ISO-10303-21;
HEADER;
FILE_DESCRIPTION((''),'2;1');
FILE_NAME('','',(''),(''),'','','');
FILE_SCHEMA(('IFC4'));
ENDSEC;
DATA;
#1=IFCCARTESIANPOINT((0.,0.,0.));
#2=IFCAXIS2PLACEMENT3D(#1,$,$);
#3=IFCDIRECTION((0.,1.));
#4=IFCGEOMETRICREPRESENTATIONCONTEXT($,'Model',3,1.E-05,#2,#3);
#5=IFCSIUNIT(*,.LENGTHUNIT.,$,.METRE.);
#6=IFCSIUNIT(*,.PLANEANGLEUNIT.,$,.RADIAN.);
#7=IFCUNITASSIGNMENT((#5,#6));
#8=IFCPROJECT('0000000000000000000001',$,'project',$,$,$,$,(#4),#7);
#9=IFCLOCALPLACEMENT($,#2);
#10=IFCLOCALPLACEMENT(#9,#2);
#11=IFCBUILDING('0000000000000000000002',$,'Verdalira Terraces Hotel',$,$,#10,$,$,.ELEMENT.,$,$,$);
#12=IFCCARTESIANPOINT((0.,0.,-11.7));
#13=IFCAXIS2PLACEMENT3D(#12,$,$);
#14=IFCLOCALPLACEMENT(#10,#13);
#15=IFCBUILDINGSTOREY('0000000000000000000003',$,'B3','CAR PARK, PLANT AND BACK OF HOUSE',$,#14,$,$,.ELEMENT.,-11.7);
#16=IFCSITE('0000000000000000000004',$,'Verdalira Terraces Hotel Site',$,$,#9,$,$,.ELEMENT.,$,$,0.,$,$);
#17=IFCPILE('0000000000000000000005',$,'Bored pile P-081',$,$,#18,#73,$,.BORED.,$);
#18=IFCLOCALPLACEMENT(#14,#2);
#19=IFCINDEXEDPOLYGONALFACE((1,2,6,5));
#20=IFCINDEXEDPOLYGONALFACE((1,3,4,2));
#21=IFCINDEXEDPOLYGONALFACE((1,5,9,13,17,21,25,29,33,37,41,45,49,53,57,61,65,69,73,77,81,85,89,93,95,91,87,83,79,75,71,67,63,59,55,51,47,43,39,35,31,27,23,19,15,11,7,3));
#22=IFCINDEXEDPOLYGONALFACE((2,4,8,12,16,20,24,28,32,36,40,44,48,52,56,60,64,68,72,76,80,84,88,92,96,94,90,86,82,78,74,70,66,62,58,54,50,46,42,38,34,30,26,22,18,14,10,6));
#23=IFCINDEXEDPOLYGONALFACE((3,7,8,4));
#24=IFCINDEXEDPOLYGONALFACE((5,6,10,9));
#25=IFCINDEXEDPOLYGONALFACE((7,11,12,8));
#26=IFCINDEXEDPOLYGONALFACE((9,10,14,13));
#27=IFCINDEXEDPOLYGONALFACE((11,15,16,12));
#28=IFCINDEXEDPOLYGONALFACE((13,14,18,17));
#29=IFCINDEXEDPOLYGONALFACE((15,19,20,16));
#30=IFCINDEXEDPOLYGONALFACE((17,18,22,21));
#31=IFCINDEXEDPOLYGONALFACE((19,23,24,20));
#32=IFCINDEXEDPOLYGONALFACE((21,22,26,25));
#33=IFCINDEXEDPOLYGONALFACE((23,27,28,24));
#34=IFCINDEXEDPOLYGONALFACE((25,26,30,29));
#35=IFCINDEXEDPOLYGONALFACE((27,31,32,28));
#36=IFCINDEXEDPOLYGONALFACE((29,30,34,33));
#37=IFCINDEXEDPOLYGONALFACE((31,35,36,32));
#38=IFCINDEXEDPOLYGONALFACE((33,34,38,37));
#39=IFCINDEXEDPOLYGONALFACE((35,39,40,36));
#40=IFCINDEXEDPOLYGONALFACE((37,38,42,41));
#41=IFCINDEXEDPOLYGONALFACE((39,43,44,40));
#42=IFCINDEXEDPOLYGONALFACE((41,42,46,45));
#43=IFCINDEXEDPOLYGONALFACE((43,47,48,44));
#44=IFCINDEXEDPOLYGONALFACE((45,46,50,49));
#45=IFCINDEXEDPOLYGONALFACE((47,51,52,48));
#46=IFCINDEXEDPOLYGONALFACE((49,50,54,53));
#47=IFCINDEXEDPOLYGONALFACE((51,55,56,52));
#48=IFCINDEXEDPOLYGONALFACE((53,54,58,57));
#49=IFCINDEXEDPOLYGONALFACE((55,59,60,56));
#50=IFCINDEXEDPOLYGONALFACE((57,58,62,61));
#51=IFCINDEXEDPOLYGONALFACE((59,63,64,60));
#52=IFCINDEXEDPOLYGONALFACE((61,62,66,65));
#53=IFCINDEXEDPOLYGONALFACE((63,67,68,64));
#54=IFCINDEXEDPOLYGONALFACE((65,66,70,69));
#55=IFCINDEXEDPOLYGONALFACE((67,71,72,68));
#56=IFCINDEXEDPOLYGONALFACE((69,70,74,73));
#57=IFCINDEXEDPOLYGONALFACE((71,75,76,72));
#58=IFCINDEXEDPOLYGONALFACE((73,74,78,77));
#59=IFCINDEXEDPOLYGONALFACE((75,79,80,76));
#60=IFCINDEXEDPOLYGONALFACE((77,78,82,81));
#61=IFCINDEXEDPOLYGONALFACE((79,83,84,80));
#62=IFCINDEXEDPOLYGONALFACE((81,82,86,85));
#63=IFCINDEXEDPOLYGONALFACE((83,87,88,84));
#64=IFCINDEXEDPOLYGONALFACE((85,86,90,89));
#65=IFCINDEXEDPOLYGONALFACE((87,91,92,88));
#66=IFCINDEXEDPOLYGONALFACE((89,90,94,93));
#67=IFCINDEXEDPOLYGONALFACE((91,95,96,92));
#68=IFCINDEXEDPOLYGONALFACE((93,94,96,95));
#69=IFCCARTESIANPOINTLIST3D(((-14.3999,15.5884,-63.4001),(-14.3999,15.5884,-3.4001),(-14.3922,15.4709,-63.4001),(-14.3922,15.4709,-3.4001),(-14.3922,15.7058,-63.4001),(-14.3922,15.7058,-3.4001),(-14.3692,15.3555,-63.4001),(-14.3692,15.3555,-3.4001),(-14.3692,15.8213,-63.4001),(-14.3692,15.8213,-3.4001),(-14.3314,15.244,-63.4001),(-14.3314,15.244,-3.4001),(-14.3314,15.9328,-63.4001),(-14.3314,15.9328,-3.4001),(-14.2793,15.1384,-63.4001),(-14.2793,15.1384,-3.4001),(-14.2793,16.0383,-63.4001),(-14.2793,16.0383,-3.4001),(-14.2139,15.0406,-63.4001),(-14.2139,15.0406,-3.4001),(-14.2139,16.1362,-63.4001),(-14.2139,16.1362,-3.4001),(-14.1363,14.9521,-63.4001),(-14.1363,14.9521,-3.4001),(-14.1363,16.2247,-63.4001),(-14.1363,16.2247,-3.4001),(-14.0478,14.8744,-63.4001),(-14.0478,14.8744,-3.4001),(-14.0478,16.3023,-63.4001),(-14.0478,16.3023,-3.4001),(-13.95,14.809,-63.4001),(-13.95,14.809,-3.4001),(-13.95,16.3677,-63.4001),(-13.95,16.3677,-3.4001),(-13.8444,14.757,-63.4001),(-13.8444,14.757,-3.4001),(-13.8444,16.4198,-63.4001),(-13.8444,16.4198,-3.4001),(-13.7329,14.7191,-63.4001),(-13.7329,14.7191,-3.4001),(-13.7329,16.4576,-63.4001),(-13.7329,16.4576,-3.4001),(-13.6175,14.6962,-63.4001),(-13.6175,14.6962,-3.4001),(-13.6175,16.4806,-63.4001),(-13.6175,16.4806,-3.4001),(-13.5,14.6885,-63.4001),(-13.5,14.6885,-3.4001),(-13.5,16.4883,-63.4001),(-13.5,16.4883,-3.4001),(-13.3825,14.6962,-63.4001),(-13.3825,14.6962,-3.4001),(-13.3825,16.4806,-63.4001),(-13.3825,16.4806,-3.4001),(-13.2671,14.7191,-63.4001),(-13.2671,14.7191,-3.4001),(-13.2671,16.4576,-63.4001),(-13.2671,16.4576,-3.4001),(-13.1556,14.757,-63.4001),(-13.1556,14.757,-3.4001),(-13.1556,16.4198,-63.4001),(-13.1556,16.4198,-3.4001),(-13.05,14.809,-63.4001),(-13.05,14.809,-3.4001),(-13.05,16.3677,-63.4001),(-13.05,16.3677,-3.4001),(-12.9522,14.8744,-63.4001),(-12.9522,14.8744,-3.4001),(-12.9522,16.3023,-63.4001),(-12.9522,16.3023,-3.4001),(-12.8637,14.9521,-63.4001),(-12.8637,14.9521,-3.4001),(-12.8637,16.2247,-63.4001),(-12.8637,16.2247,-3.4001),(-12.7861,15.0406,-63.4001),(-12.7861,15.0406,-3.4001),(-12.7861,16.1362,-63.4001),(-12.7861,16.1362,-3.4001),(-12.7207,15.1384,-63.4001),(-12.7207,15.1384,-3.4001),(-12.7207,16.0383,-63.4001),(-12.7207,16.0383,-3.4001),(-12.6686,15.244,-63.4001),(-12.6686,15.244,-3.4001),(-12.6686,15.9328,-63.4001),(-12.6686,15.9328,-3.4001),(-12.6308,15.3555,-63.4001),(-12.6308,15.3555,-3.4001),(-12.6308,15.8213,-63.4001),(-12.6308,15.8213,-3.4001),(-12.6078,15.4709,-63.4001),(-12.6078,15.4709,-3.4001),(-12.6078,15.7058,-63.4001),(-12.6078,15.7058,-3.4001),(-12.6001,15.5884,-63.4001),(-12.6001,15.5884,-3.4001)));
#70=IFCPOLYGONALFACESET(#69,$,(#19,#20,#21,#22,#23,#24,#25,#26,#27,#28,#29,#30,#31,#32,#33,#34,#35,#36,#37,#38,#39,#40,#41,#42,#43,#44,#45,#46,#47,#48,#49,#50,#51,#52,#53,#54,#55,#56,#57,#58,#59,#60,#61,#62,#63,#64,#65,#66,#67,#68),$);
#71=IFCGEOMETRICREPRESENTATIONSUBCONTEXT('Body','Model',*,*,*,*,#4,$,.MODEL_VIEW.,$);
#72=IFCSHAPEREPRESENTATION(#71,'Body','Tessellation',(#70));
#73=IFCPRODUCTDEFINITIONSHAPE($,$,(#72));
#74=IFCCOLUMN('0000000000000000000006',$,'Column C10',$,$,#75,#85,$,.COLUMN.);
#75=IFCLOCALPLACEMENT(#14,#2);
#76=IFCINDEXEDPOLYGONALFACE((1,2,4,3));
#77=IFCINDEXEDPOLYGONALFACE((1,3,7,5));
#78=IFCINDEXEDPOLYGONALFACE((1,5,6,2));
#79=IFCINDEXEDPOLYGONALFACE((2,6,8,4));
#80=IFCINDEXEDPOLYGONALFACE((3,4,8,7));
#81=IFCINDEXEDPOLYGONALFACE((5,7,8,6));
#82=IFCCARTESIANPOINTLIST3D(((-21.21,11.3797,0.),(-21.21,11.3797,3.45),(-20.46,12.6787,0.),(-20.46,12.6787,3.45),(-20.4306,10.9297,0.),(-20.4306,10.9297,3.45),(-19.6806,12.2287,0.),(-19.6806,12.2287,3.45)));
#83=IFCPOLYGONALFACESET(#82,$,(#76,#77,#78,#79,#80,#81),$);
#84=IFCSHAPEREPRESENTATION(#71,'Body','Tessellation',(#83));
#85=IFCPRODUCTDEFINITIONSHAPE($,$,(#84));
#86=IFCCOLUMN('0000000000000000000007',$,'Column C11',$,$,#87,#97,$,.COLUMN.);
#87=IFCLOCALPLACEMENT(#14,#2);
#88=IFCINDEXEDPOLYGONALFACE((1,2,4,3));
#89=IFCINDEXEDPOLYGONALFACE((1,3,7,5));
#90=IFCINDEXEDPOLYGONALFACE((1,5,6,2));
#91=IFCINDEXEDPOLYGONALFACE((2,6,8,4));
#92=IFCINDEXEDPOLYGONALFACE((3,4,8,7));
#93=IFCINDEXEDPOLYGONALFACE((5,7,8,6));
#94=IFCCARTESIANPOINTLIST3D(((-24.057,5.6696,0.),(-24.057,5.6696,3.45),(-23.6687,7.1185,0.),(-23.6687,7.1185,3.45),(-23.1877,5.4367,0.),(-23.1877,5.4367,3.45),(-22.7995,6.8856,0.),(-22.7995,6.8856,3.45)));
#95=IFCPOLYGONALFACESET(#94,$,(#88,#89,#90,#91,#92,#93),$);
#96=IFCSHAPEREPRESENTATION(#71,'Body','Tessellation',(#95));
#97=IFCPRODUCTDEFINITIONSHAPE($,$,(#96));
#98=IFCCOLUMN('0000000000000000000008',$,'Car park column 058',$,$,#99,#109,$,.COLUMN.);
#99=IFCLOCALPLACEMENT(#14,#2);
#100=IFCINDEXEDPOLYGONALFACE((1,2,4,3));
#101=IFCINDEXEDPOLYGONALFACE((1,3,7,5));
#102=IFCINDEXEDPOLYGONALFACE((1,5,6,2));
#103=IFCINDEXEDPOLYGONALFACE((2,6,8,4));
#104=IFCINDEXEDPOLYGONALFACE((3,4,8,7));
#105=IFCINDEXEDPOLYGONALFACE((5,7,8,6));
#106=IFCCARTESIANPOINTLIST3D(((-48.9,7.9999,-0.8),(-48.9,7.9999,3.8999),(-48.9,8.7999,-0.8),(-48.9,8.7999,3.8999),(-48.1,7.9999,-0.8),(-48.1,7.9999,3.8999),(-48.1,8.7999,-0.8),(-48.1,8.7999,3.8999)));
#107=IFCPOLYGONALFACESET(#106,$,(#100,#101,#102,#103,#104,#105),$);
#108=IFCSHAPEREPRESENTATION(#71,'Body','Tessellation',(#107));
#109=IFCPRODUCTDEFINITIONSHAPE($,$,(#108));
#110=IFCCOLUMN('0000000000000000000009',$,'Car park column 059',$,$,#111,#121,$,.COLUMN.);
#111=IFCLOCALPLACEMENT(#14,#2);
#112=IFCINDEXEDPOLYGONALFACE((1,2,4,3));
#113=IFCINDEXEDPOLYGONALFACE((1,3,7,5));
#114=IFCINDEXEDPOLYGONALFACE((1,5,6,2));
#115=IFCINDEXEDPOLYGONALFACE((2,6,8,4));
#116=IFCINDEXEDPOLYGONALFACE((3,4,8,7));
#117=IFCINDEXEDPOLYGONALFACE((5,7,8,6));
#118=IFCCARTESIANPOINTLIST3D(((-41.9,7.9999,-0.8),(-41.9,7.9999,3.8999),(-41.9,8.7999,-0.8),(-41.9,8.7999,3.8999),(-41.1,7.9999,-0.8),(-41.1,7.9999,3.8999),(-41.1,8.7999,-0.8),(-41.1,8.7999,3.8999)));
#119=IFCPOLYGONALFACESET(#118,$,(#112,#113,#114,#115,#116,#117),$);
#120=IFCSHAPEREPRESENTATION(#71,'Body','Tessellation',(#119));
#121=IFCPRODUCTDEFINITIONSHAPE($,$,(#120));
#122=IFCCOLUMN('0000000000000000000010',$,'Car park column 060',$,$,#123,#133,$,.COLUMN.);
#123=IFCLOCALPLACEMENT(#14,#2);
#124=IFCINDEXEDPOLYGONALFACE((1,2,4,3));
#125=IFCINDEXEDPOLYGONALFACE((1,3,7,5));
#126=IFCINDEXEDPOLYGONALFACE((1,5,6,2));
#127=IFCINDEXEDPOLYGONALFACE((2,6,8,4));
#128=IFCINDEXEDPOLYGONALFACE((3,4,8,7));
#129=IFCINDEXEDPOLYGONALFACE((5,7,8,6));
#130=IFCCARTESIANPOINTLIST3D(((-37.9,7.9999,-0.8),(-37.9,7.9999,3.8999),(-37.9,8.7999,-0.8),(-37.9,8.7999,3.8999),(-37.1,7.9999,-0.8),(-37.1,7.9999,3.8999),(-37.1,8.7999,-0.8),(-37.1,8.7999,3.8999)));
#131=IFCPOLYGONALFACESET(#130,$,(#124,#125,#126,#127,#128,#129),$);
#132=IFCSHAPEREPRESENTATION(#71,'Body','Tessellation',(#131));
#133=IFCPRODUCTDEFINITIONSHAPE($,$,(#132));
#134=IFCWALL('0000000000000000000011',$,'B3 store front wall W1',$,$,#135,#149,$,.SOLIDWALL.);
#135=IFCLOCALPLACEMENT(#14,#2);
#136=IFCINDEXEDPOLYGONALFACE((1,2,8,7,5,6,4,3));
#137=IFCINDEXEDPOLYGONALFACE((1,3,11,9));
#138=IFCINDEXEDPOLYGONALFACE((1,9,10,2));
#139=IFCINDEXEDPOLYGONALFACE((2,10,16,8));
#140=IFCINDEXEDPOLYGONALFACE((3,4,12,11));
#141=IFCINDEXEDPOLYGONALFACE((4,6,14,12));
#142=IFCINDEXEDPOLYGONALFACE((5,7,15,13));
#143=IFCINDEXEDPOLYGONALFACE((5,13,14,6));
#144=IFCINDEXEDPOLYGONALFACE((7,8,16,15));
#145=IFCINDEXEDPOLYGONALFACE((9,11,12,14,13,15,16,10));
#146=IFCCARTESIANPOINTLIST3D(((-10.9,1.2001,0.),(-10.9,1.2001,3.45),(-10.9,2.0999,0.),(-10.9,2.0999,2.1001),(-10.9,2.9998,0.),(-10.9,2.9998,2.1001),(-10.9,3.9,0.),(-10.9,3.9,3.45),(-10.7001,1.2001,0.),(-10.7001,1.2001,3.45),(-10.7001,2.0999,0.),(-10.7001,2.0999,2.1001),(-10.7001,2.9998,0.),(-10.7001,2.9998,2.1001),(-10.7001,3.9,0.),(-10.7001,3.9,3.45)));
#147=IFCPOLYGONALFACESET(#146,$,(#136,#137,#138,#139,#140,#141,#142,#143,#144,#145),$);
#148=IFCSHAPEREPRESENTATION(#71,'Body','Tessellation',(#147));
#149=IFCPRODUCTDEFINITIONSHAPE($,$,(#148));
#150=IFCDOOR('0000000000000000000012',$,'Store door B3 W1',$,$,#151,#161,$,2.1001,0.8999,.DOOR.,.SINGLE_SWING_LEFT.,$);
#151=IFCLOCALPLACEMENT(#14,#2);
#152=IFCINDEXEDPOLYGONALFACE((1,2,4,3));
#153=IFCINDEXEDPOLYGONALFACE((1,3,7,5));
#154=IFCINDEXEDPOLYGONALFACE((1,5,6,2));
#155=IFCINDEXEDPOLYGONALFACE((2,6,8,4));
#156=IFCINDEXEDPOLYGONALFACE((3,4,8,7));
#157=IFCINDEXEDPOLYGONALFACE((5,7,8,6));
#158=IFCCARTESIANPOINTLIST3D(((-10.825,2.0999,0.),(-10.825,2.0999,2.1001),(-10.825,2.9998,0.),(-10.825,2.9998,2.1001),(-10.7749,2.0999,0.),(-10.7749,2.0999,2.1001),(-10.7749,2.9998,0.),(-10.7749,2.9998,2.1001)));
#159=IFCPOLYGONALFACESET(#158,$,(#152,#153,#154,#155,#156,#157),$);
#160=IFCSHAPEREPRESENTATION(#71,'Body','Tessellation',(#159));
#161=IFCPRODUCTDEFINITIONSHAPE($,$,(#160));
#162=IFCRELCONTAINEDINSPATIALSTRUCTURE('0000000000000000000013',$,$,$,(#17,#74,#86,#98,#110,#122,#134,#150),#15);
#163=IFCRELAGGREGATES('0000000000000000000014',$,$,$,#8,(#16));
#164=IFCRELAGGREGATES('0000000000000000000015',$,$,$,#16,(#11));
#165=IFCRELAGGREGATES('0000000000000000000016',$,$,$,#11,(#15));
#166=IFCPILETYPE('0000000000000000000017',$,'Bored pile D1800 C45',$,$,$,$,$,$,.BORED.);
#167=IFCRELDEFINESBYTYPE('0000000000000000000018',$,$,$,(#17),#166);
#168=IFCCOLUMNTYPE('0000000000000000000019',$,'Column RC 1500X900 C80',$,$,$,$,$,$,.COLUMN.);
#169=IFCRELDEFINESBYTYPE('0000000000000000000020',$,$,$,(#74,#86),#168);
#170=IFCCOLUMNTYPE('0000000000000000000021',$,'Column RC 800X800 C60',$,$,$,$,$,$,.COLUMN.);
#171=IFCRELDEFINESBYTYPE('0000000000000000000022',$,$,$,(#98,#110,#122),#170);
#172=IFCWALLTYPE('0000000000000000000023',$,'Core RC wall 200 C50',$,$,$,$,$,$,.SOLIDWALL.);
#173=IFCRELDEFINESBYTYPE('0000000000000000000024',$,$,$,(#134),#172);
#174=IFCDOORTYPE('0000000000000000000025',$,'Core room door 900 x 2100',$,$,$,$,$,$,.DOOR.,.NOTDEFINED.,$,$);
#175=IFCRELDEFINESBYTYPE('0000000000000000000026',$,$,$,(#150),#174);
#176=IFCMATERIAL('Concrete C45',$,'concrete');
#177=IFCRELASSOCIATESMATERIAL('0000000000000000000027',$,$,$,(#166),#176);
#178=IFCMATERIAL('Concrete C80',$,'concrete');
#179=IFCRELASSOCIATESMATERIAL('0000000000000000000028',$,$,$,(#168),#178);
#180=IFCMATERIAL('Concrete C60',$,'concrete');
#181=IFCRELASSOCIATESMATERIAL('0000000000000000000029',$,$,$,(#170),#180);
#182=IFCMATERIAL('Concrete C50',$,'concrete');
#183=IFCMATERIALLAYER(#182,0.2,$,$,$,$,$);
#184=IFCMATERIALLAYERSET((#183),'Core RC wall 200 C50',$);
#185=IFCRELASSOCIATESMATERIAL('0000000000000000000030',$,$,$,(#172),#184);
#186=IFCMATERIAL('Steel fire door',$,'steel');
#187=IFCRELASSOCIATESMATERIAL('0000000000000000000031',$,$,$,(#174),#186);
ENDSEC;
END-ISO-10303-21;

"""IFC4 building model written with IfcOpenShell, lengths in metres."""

from ifc_helpers import new_model, si_unit, direction, frame, frame_2d, origin, origin_2d, place, context, subcontext, project, spatial, rectangle, circle, extrude, material, layer, layer_set, material_profile, profile_set, type_object, element, fill, save


model = new_model("IFC4")

# Units and contexts
model_context = context("Model", 3, precision=1e-05, world=origin(), true_north=direction((0.0, 1.0)))
body_context = subcontext(model_context, "Body", "Model", "MODEL_VIEW")
ifc_project = project(units=[si_unit("LENGTHUNIT", "METRE"), si_unit("PLANEANGLEUNIT", "RADIAN")], contexts=[model_context])

# Site, building, storey
site_placement = place(None, origin())
site = spatial("IfcSite", under=ifc_project, at=site_placement, Name="Verdalira Terraces Hotel Site", CompositionType="ELEMENT", RefElevation=0.0)
building_placement = place(site_placement, origin())
building = spatial("IfcBuilding", under=site, at=building_placement, Name="Verdalira Terraces Hotel", CompositionType="ELEMENT")
storey_placement = place(building_placement, frame((0.0, 0.0, -11.7)))
storey = spatial("IfcBuildingStorey", under=building, at=storey_placement, Name="B3", Description="CAR PARK, PLANT AND BACK OF HOUSE", CompositionType="ELEMENT", Elevation=-11.7)

# Pile
ifc_material_1 = material(Name="Concrete C45", Category="concrete")
ifc_material_profile_1 = material_profile(ifc_material_1, circle(Radius=0.8999, at=origin_2d()), Name="D1800")
ifc_profile_set_1 = profile_set([ifc_material_profile_1], Name="Concrete C45")
pile_type = type_object("IfcPileType", Name="Bored pile D1800 C45", PredefinedType="BORED", material=ifc_profile_set_1)
for number, where, z_axis, x_axis, name in (
    (1, (-13.5, 15.5884, -3.4001), (0.0, 0.0, -1.0), (1.0, 0.0, 0.0), "Bored pile P-081"),
):
    element("IfcPile", number, at=place(storey_placement, frame(where, z_axis=z_axis, x_axis=x_axis)), inside=storey, type_object=pile_type, Name=name, PredefinedType="BORED", context=body_context, shape_type="SweptSolid", body=[
        extrude(circle(Radius=0.8999, at=origin_2d()), origin(), (0.0, 0.0, 1.0), 60.0),
    ])

# Columns
ifc_material_2 = material(Name="Concrete C80", Category="concrete")
ifc_material_profile_2 = material_profile(ifc_material_2, rectangle(XDim=1.5, YDim=0.8999, at=origin_2d()), Name="RC 1500X900")
ifc_profile_set_2 = profile_set([ifc_material_profile_2], Name="Concrete C80")
column_type_1 = type_object("IfcColumnType", Name="Column RC 1500X900 C80", PredefinedType="COLUMN", material=ifc_profile_set_2)
for number, where, z_axis, x_axis, name in (
    (2, (-20.4453, 11.8042, 0.0), (0.0, 0.0, 1.0), (-0.5, -0.866025, 0.0), "Column C10"),
    (3, (-23.4282, 6.2776, 0.0), (0.0, 0.0, 1.0), (0.258819, 0.965926, 0.0), "Column C11"),
):
    element("IfcColumn", number, at=place(storey_placement, frame(where, z_axis=z_axis, x_axis=x_axis)), inside=storey, type_object=column_type_1, Name=name, PredefinedType="COLUMN", context=body_context, shape_type="SweptSolid", body=[
        extrude(rectangle(XDim=1.5, YDim=0.8999, at=origin_2d()), origin(), (0.0, 0.0, 1.0), 3.45),
    ])
ifc_material_3 = material(Name="Concrete C60", Category="concrete")
ifc_material_profile_3 = material_profile(ifc_material_3, rectangle(XDim=0.8, YDim=0.8, at=origin_2d()), Name="RC 800X800")
ifc_profile_set_3 = profile_set([ifc_material_profile_3], Name="Concrete C60")
column_type_2 = type_object("IfcColumnType", Name="Column RC 800X800 C60", PredefinedType="COLUMN", material=ifc_profile_set_3)
for number, where, z_axis, x_axis, name in (
    (4, (-48.5, 8.3999, -0.8), (0.0, 0.0, 1.0), (1.0, 0.0, 0.0), "Car park column 058"),
    (5, (-41.5, 8.3999, -0.8), (0.0, 0.0, 1.0), (1.0, 0.0, 0.0), "Car park column 059"),
    (6, (-37.5, 8.3999, -0.8), (0.0, 0.0, 1.0), (1.0, 0.0, 0.0), "Car park column 060"),
):
    element("IfcColumn", number, at=place(storey_placement, frame(where, z_axis=z_axis, x_axis=x_axis)), inside=storey, type_object=column_type_2, Name=name, PredefinedType="COLUMN", context=body_context, shape_type="SweptSolid", body=[
        extrude(rectangle(XDim=0.8, YDim=0.8, at=origin_2d()), origin(), (0.0, 0.0, 1.0), 4.7),
    ])

# Wall, opening, door
ifc_material_4 = material(Name="Concrete C50", Category="concrete")
ifc_layer_1 = layer(ifc_material_4, 0.2)
ifc_layer_set_1 = layer_set([ifc_layer_1], Name="Core RC wall 200 C50")
wall_type_1 = type_object("IfcWallType", Name="Core RC wall 200 C50", PredefinedType="SOLIDWALL", material=ifc_layer_set_1)
wall_1_placement = place(storey_placement, frame((-10.8, 1.2, 0.0), z_axis=(0.0, 0.0, 1.0), x_axis=(0.0, 1.0, 0.0)))
wall_1 = element("IfcWall", 7, at=wall_1_placement, inside=storey, type_object=wall_type_1, Name="B3 store front wall W1", PredefinedType="SOLIDWALL", context=body_context, shape_type="SweptSolid", body=[
    extrude(rectangle(XDim=2.7, YDim=0.2, at=frame_2d((1.3501, 0.0))), origin(), (0.0, 0.0, 1.0), 3.45),
])
opening_1_placement = place(wall_1_placement, frame((0.8999, 0.0, 0.0)))
opening_1 = element("IfcOpeningElement", 8, at=opening_1_placement, cuts=wall_1, PredefinedType="OPENING", context=body_context, shape_type="SweptSolid", body=[
    extrude(rectangle(XDim=0.8999, YDim=2.1001, at=frame_2d((0.45, 1.05))), frame((0.0, 0.1099, 0.0), z_axis=(0.0, -1.0, 0.0), x_axis=(1.0, 0.0, 0.0)), (0.0, 0.0, 1.0), 0.22),
])
ifc_material_5 = material(Name="Steel fire door", Category="steel")
door_type_1 = type_object("IfcDoorType", Name="Core room door 900 x 2100", OperationType="NOTDEFINED", PredefinedType="DOOR", material=ifc_material_5)
door_1_placement = place(opening_1_placement, origin())
door_1 = element("IfcDoor", 9, at=door_1_placement, inside=storey, type_object=door_type_1, Name="Store door B3 W1", OperationType="SINGLE_SWING_LEFT", OverallHeight=2.1001, OverallWidth=0.8999, PredefinedType="DOOR", context=body_context, shape_type="SweptSolid", body=[
    extrude(rectangle(XDim=0.8999, YDim=2.1001, at=frame_2d((0.45, 1.05))), frame((0.0, 0.0249, 0.0), z_axis=(0.0, -1.0, 0.0), x_axis=(1.0, 0.0, 0.0)), (0.0, 0.0, 1.0), 0.05),
])
fill(opening_1, door_1)

save(model, "model.ifc")
